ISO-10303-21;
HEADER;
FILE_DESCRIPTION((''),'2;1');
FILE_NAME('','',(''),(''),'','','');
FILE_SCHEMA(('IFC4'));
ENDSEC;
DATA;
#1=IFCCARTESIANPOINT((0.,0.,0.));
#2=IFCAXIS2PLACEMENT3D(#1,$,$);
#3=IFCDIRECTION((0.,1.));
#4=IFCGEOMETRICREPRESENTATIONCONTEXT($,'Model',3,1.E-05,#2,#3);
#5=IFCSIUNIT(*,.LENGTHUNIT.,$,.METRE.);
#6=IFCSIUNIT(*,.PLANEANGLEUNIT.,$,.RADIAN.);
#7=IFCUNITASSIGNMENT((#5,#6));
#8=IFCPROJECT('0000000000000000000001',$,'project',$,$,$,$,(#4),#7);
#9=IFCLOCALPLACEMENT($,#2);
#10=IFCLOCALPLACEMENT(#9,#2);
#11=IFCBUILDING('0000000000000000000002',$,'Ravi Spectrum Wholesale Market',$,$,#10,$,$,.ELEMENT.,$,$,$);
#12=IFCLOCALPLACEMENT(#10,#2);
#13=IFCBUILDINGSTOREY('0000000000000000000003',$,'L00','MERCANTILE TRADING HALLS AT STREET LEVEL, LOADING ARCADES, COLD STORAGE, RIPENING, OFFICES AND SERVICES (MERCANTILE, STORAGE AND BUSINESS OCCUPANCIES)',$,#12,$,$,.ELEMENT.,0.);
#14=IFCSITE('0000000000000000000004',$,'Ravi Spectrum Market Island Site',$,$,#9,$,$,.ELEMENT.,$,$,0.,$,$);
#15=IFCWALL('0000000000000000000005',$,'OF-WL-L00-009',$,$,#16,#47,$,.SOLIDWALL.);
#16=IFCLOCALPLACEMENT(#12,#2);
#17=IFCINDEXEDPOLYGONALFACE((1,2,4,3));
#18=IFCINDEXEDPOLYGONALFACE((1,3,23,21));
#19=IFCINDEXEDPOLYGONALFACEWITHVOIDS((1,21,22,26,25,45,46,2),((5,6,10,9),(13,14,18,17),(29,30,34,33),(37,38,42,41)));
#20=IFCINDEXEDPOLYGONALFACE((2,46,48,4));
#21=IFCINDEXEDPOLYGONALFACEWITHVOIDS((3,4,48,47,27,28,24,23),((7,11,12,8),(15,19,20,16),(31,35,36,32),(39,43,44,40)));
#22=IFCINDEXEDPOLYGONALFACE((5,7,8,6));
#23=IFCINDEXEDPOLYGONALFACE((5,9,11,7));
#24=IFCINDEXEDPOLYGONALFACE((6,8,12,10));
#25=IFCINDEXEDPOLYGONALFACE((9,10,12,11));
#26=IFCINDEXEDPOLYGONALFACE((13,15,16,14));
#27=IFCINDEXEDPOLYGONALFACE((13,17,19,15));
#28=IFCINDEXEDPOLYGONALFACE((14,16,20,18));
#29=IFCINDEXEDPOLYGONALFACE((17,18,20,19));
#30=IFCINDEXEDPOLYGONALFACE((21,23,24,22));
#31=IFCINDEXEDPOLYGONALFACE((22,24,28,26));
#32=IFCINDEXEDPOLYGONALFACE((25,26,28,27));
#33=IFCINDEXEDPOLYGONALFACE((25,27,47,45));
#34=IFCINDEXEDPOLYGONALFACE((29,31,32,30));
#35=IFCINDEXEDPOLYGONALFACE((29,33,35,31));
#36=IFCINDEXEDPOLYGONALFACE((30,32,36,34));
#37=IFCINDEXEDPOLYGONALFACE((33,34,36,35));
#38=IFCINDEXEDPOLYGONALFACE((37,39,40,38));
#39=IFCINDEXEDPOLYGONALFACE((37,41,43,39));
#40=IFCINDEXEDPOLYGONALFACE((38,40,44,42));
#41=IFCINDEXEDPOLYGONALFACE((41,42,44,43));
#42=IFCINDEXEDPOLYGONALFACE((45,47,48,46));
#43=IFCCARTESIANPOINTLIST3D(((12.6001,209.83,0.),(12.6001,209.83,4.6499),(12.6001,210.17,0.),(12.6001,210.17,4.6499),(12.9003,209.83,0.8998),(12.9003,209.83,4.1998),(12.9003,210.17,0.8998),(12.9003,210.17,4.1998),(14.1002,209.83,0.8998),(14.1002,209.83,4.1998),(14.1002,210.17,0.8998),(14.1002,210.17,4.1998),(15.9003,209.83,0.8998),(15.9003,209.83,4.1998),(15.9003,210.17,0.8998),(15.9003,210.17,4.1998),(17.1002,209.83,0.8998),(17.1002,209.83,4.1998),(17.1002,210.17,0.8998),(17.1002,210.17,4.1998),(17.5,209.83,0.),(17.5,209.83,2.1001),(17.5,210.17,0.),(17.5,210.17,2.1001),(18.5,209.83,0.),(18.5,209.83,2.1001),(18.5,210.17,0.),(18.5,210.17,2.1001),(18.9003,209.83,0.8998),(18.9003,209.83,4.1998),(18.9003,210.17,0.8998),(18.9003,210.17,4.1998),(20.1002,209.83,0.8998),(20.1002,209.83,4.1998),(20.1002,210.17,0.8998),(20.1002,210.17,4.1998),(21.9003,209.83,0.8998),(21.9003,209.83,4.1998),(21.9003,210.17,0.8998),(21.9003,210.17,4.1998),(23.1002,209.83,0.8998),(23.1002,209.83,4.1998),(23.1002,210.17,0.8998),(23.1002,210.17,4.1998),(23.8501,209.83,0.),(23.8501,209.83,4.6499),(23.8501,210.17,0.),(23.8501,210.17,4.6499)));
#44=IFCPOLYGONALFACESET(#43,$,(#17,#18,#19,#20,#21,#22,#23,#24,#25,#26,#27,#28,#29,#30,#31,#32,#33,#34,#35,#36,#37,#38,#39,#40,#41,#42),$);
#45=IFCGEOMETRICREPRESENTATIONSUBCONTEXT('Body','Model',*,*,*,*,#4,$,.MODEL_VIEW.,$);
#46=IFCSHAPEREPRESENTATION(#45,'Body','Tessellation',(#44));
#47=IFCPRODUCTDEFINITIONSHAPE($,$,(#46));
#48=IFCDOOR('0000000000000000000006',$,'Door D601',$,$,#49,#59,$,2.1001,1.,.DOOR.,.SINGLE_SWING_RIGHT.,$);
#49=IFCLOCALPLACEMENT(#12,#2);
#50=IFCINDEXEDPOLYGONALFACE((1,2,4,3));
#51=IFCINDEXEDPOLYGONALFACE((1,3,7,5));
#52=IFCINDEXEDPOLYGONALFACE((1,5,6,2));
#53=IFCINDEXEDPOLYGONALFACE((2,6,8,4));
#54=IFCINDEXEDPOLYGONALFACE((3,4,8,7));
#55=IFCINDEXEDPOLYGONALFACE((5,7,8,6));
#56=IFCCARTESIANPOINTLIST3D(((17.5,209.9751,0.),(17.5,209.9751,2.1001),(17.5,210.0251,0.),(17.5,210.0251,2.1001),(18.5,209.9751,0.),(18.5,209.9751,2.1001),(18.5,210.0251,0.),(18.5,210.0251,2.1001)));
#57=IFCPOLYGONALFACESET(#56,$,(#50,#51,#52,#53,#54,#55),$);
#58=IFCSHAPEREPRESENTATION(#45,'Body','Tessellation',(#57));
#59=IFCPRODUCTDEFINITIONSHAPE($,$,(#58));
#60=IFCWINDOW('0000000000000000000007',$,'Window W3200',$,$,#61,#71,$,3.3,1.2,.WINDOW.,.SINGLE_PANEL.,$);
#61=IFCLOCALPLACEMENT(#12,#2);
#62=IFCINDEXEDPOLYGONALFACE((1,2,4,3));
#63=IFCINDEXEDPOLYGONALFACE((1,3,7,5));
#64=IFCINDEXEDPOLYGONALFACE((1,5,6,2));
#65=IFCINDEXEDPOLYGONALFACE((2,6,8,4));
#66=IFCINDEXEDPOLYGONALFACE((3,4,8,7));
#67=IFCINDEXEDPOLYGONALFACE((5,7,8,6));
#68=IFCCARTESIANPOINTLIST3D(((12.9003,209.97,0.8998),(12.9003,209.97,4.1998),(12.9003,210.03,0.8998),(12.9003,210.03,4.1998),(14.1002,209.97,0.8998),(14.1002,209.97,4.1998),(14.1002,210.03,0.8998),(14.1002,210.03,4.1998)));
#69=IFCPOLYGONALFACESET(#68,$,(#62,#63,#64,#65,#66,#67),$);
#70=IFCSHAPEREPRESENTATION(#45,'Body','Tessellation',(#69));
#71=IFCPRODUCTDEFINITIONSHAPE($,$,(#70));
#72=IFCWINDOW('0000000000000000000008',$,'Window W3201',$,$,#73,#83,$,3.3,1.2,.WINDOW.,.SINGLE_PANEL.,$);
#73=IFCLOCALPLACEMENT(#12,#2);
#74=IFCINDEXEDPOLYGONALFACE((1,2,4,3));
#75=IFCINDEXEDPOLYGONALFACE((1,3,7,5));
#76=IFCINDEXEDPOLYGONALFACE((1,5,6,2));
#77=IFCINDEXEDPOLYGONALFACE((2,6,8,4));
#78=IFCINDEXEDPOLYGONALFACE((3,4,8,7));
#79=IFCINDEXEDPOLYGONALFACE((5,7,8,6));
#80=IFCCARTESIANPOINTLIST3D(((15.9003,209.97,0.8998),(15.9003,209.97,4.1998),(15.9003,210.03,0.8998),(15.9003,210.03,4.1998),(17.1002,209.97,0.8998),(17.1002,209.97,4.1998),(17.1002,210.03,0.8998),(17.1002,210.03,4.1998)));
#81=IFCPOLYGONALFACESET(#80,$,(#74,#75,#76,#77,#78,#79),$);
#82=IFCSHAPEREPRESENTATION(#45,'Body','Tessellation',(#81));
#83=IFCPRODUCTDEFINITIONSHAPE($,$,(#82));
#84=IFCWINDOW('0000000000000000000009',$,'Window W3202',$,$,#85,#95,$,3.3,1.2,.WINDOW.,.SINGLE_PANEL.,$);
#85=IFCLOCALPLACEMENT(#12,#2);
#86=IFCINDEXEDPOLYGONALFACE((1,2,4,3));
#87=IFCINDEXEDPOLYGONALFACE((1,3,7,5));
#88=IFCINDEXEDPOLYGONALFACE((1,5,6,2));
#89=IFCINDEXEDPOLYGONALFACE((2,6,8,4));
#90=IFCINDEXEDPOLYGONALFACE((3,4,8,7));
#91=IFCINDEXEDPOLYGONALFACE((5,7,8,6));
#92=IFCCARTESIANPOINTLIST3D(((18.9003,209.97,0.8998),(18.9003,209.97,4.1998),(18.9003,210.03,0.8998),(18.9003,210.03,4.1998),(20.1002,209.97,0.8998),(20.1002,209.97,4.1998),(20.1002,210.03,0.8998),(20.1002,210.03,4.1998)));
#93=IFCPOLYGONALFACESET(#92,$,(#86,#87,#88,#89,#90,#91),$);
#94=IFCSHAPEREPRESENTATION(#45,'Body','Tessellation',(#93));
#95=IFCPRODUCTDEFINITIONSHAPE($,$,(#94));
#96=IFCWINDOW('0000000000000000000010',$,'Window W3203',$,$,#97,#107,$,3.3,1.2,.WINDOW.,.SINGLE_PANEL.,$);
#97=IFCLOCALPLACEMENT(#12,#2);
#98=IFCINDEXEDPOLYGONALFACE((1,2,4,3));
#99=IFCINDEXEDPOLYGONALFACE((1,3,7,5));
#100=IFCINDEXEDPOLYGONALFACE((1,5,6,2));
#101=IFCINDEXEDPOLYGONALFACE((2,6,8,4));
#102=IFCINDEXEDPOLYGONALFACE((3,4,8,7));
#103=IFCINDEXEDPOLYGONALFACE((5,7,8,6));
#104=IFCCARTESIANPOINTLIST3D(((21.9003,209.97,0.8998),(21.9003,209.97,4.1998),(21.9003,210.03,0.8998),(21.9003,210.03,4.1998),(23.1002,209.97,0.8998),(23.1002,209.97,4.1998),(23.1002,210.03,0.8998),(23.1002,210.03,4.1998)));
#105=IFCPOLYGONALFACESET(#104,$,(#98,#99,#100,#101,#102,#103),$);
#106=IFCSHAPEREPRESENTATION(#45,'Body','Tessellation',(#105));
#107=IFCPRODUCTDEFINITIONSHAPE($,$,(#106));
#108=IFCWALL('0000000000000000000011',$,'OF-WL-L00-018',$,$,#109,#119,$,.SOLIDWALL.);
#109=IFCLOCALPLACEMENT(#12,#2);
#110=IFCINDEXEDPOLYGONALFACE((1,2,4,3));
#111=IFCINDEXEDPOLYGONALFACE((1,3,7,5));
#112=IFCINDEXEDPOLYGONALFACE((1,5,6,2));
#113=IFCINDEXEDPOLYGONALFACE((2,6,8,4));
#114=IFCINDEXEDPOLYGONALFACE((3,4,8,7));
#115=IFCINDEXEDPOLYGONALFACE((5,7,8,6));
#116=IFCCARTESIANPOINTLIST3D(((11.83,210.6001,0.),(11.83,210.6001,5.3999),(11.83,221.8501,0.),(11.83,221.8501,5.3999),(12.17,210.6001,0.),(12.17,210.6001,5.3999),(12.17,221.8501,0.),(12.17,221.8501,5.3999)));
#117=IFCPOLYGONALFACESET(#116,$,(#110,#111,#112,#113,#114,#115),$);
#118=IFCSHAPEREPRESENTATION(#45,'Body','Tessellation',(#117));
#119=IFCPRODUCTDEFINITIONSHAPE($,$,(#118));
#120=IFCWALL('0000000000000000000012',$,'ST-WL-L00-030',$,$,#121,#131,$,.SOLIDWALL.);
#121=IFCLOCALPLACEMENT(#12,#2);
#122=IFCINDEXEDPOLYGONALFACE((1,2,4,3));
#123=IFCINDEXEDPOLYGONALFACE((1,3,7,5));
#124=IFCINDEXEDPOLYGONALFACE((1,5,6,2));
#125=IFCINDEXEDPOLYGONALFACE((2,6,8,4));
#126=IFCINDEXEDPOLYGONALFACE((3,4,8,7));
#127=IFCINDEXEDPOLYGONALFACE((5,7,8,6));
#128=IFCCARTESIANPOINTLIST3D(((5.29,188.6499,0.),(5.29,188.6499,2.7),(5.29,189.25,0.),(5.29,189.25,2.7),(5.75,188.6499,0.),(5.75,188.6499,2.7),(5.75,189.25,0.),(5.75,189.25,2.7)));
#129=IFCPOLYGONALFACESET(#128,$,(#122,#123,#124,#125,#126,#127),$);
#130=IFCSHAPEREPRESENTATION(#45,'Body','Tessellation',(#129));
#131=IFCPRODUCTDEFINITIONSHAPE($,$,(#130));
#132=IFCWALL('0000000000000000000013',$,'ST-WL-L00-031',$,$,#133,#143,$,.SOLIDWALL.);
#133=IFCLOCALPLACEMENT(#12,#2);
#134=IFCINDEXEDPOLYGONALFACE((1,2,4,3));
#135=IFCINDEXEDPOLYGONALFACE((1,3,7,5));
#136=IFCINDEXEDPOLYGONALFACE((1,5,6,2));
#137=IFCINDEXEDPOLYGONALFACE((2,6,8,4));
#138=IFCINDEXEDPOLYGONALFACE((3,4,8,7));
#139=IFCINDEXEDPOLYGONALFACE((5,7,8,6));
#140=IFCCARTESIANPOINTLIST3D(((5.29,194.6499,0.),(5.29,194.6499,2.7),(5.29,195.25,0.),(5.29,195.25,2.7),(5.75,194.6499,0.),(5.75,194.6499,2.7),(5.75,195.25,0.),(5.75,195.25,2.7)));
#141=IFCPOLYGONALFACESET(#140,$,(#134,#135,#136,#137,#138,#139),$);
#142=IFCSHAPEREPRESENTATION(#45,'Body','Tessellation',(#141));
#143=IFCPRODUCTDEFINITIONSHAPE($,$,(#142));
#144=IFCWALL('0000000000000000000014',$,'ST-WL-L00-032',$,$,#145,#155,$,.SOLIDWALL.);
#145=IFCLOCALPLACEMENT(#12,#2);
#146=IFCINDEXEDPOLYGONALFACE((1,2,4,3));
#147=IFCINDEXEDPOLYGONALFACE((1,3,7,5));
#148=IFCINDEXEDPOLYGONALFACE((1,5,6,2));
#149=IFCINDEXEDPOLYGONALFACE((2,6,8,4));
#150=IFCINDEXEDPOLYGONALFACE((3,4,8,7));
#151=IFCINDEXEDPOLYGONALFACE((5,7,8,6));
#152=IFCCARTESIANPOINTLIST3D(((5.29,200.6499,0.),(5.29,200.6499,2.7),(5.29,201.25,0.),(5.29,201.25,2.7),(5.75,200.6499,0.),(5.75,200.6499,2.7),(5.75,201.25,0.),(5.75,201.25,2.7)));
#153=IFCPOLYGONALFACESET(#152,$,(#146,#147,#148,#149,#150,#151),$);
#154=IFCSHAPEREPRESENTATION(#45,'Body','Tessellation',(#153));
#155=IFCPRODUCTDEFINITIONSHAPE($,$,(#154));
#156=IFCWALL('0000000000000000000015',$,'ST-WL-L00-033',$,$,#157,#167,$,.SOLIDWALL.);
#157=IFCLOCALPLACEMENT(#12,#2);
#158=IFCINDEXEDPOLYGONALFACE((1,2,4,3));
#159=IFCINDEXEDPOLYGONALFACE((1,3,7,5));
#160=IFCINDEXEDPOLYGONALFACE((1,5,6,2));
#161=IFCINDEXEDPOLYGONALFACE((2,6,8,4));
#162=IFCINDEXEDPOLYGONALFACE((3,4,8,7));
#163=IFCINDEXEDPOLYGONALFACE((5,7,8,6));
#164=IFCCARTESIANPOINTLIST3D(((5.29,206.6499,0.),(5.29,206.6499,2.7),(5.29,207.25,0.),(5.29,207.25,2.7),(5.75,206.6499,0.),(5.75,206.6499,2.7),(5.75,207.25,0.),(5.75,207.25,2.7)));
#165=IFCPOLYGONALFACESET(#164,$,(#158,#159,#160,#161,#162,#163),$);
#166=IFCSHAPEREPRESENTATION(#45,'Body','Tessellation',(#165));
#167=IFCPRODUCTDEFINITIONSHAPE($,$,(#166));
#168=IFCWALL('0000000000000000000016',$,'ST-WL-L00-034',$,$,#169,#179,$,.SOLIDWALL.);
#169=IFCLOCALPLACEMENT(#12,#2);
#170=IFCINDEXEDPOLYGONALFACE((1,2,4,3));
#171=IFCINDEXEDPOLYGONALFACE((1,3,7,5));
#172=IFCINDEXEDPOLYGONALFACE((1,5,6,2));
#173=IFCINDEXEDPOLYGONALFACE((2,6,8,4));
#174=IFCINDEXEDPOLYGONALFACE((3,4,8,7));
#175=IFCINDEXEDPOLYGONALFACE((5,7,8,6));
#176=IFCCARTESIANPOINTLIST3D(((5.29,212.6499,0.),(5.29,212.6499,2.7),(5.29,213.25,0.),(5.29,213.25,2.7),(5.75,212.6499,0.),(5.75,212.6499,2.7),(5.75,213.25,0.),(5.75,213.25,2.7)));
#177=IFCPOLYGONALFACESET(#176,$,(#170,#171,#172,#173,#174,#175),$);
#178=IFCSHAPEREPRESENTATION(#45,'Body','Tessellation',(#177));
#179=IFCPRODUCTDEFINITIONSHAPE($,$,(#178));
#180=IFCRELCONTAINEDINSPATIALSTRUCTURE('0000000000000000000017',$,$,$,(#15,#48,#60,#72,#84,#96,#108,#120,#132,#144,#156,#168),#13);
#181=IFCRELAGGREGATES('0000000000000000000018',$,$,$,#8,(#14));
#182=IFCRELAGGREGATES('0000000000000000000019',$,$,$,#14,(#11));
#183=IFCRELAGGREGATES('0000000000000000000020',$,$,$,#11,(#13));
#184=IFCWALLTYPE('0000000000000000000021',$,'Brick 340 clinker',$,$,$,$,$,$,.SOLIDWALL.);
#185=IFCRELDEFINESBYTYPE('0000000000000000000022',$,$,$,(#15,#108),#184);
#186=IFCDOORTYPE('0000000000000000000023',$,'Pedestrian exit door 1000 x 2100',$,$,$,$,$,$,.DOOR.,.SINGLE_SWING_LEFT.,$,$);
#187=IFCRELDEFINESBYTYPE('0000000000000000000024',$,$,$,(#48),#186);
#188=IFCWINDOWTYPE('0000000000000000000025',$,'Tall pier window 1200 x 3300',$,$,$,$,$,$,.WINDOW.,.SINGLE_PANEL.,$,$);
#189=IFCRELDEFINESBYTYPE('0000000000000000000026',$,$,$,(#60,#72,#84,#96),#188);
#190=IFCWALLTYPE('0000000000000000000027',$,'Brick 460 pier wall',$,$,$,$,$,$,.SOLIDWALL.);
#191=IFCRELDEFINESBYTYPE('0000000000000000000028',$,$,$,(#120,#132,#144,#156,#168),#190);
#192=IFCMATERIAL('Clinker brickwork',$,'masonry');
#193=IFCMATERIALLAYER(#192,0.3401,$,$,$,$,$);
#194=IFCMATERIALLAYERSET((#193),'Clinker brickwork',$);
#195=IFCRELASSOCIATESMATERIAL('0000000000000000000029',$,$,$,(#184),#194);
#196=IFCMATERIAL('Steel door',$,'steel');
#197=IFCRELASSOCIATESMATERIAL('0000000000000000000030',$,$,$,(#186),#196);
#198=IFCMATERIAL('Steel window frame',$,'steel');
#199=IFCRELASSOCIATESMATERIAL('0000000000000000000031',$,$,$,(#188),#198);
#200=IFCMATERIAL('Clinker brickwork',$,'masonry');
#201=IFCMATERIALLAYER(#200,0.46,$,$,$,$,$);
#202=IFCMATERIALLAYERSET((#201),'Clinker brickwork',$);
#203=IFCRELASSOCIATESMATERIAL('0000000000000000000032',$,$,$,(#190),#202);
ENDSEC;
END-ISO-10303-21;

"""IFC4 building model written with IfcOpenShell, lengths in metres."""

from ifc_helpers import new_model, si_unit, direction, frame, frame_2d, origin, place, context, subcontext, project, spatial, rectangle, extrude, material, layer, layer_set, type_object, element, fill, save


model = new_model("IFC4")

# Units and contexts
model_context = context("Model", 3, precision=1e-05, world=origin(), true_north=direction((0.0, 1.0)))
body_context = subcontext(model_context, "Body", "Model", "MODEL_VIEW")
ifc_project = project(units=[si_unit("LENGTHUNIT", "METRE"), si_unit("PLANEANGLEUNIT", "RADIAN")], contexts=[model_context])

# Site, building, storey
site_placement = place(None, origin())
site = spatial("IfcSite", under=ifc_project, at=site_placement, Name="Ravi Spectrum Market Island Site", CompositionType="ELEMENT", RefElevation=0.0)
building_placement = place(site_placement, origin())
building = spatial("IfcBuilding", under=site, at=building_placement, Name="Ravi Spectrum Wholesale Market", CompositionType="ELEMENT")
storey_placement = place(building_placement, origin())
storey = spatial("IfcBuildingStorey", under=building, at=storey_placement, Name="L00", Description="MERCANTILE TRADING HALLS AT STREET LEVEL, LOADING ARCADES, COLD STORAGE, RIPENING, OFFICES AND SERVICES (MERCANTILE, STORAGE AND BUSINESS OCCUPANCIES)", CompositionType="ELEMENT", Elevation=0.0)

# Wall, openings, door, windows
ifc_material_1 = material(Name="Clinker brickwork", Category="masonry")
ifc_layer_1 = layer(ifc_material_1, 0.3401)
ifc_layer_set_1 = layer_set([ifc_layer_1], Name="Clinker brickwork")
wall_type_1 = type_object("IfcWallType", Name="Brick 340 clinker", PredefinedType="SOLIDWALL", material=ifc_layer_set_1)
wall_1_placement = place(storey_placement, frame((12.6001, 210.0, 0.0), z_axis=(0.0, 0.0, 1.0), x_axis=(1.0, 0.0, 0.0)))
wall_1 = element("IfcWall", 1, at=wall_1_placement, inside=storey, type_object=wall_type_1, Name="OF-WL-L00-009", PredefinedType="SOLIDWALL", context=body_context, shape_type="SweptSolid", body=[
    extrude(rectangle(XDim=11.25, YDim=0.3401, at=frame_2d((5.625, 0.0))), origin(), (0.0, 0.0, 1.0), 4.6499),
])
opening_1_placement = place(wall_1_placement, frame((0.3, 0.0, 0.8999)))
opening_1 = element("IfcOpeningElement", 2, at=opening_1_placement, cuts=wall_1, PredefinedType="OPENING", context=body_context, shape_type="SweptSolid", body=[
    extrude(rectangle(XDim=1.2, YDim=3.3, at=frame_2d((0.6001, 1.6499))), frame((0.0, 0.1799, 0.0), z_axis=(0.0, -1.0, 0.0), x_axis=(1.0, 0.0, 0.0)), (0.0, 0.0, 1.0), 0.3601),
])
opening_2_placement = place(wall_1_placement, frame((3.3, 0.0, 0.8999)))
opening_2 = element("IfcOpeningElement", 3, at=opening_2_placement, cuts=wall_1, PredefinedType="OPENING", context=body_context, shape_type="SweptSolid", body=[
    extrude(rectangle(XDim=1.2, YDim=3.3, at=frame_2d((0.6001, 1.6499))), frame((0.0, 0.1799, 0.0), z_axis=(0.0, -1.0, 0.0), x_axis=(1.0, 0.0, 0.0)), (0.0, 0.0, 1.0), 0.3601),
])
opening_3_placement = place(wall_1_placement, frame((6.3, 0.0, 0.8999)))
opening_3 = element("IfcOpeningElement", 4, at=opening_3_placement, cuts=wall_1, PredefinedType="OPENING", context=body_context, shape_type="SweptSolid", body=[
    extrude(rectangle(XDim=1.2, YDim=3.3, at=frame_2d((0.6001, 1.6499))), frame((0.0, 0.1799, 0.0), z_axis=(0.0, -1.0, 0.0), x_axis=(1.0, 0.0, 0.0)), (0.0, 0.0, 1.0), 0.3601),
])
opening_4_placement = place(wall_1_placement, frame((9.3, 0.0, 0.8999)))
opening_4 = element("IfcOpeningElement", 5, at=opening_4_placement, cuts=wall_1, PredefinedType="OPENING", context=body_context, shape_type="SweptSolid", body=[
    extrude(rectangle(XDim=1.2, YDim=3.3, at=frame_2d((0.6001, 1.6499))), frame((0.0, 0.1799, 0.0), z_axis=(0.0, -1.0, 0.0), x_axis=(1.0, 0.0, 0.0)), (0.0, 0.0, 1.0), 0.3601),
])
opening_5_placement = place(wall_1_placement, frame((5.8999, 0.0, 0.0), z_axis=(0.0, 0.0, 1.0), x_axis=(-1.0, 0.0, 0.0)))
opening_5 = element("IfcOpeningElement", 6, at=opening_5_placement, cuts=wall_1, PredefinedType="OPENING", context=body_context, shape_type="SweptSolid", body=[
    extrude(rectangle(XDim=1.0, YDim=2.1001, at=frame_2d((0.5, 1.05))), frame((0.0, 0.1799, 0.0), z_axis=(0.0, -1.0, 0.0), x_axis=(1.0, 0.0, 0.0)), (0.0, 0.0, 1.0), 0.3601),
])
ifc_material_2 = material(Name="Steel door", Category="steel")
door_type = type_object("IfcDoorType", Name="Pedestrian exit door 1000 x 2100", OperationType="SINGLE_SWING_LEFT", PredefinedType="DOOR", material=ifc_material_2)
door_placement = place(opening_5_placement, origin())
door = element("IfcDoor", 7, at=door_placement, inside=storey, type_object=door_type, Name="Door D601", OperationType="SINGLE_SWING_RIGHT", OverallHeight=2.1001, OverallWidth=1.0, PredefinedType="DOOR", context=body_context, shape_type="SweptSolid", body=[
    extrude(rectangle(XDim=1.0, YDim=2.1001, at=frame_2d((0.5, 1.05))), frame((0.0, 0.0249, 0.0), z_axis=(0.0, -1.0, 0.0), x_axis=(1.0, 0.0, 0.0)), (0.0, 0.0, 1.0), 0.05),
])
fill(opening_5, door)
ifc_material_3 = material(Name="Steel window frame", Category="steel")
window_type = type_object("IfcWindowType", Name="Tall pier window 1200 x 3300", PartitioningType="SINGLE_PANEL", PredefinedType="WINDOW", material=ifc_material_3)
window_1_placement = place(opening_1_placement, origin())
window_1 = element("IfcWindow", 8, at=window_1_placement, inside=storey, type_object=window_type, Name="Window W3200", OverallHeight=3.3, OverallWidth=1.2, PartitioningType="SINGLE_PANEL", PredefinedType="WINDOW", context=body_context, shape_type="SweptSolid", body=[
    extrude(rectangle(XDim=1.2, YDim=3.3, at=frame_2d((0.6001, 1.6499))), frame((0.0, 0.03, 0.0), z_axis=(0.0, -1.0, 0.0), x_axis=(1.0, 0.0, 0.0)), (0.0, 0.0, 1.0), 0.0601),
])
fill(opening_1, window_1)
window_2_placement = place(opening_2_placement, origin())
window_2 = element("IfcWindow", 9, at=window_2_placement, inside=storey, type_object=window_type, Name="Window W3201", OverallHeight=3.3, OverallWidth=1.2, PartitioningType="SINGLE_PANEL", PredefinedType="WINDOW", context=body_context, shape_type="SweptSolid", body=[
    extrude(rectangle(XDim=1.2, YDim=3.3, at=frame_2d((0.6001, 1.6499))), frame((0.0, 0.03, 0.0), z_axis=(0.0, -1.0, 0.0), x_axis=(1.0, 0.0, 0.0)), (0.0, 0.0, 1.0), 0.0601),
])
fill(opening_2, window_2)
window_3_placement = place(opening_3_placement, origin())
window_3 = element("IfcWindow", 10, at=window_3_placement, inside=storey, type_object=window_type, Name="Window W3202", OverallHeight=3.3, OverallWidth=1.2, PartitioningType="SINGLE_PANEL", PredefinedType="WINDOW", context=body_context, shape_type="SweptSolid", body=[
    extrude(rectangle(XDim=1.2, YDim=3.3, at=frame_2d((0.6001, 1.6499))), frame((0.0, 0.03, 0.0), z_axis=(0.0, -1.0, 0.0), x_axis=(1.0, 0.0, 0.0)), (0.0, 0.0, 1.0), 0.0601),
])
fill(opening_3, window_3)
window_4_placement = place(opening_4_placement, origin())
window_4 = element("IfcWindow", 11, at=window_4_placement, inside=storey, type_object=window_type, Name="Window W3203", OverallHeight=3.3, OverallWidth=1.2, PartitioningType="SINGLE_PANEL", PredefinedType="WINDOW", context=body_context, shape_type="SweptSolid", body=[
    extrude(rectangle(XDim=1.2, YDim=3.3, at=frame_2d((0.6001, 1.6499))), frame((0.0, 0.03, 0.0), z_axis=(0.0, -1.0, 0.0), x_axis=(1.0, 0.0, 0.0)), (0.0, 0.0, 1.0), 0.0601),
])
fill(opening_4, window_4)

# Walls
wall_2_placement = place(storey_placement, frame((12.0, 210.6001, 0.0), z_axis=(0.0, 0.0, 1.0), x_axis=(0.0, 1.0, 0.0)))
element("IfcWall", 12, at=wall_2_placement, inside=storey, type_object=wall_type_1, Name="OF-WL-L00-018", PredefinedType="SOLIDWALL", context=body_context, shape_type="SweptSolid", body=[
    extrude(rectangle(XDim=11.25, YDim=0.3401, at=frame_2d((5.625, 0.0))), origin(), (0.0, 0.0, 1.0), 5.3999),
])
ifc_material_4 = material(Name="Clinker brickwork", Category="masonry")
ifc_layer_2 = layer(ifc_material_4, 0.46)
ifc_layer_set_2 = layer_set([ifc_layer_2], Name="Clinker brickwork")
wall_type_2 = type_object("IfcWallType", Name="Brick 460 pier wall", PredefinedType="SOLIDWALL", material=ifc_layer_set_2)
for number, where, z_axis, x_axis, name in (
    (13, (5.52, 188.6499, 0.0), (0.0, 0.0, 1.0), (0.0, 1.0, 0.0), "ST-WL-L00-030"),
    (14, (5.52, 194.6499, 0.0), (0.0, 0.0, 1.0), (0.0, 1.0, 0.0), "ST-WL-L00-031"),
    (15, (5.52, 200.6499, 0.0), (0.0, 0.0, 1.0), (0.0, 1.0, 0.0), "ST-WL-L00-032"),
    (16, (5.52, 206.6499, 0.0), (0.0, 0.0, 1.0), (0.0, 1.0, 0.0), "ST-WL-L00-033"),
    (17, (5.52, 212.6499, 0.0), (0.0, 0.0, 1.0), (0.0, 1.0, 0.0), "ST-WL-L00-034"),
):
    element("IfcWall", number, at=place(storey_placement, frame(where, z_axis=z_axis, x_axis=x_axis)), inside=storey, type_object=wall_type_2, Name=name, PredefinedType="SOLIDWALL", context=body_context, shape_type="SweptSolid", body=[
        extrude(rectangle(XDim=0.6001, YDim=0.46, at=frame_2d((0.3, 0.0))), origin(), (0.0, 0.0, 1.0), 2.7),
    ])

save(model, "model.ifc")
